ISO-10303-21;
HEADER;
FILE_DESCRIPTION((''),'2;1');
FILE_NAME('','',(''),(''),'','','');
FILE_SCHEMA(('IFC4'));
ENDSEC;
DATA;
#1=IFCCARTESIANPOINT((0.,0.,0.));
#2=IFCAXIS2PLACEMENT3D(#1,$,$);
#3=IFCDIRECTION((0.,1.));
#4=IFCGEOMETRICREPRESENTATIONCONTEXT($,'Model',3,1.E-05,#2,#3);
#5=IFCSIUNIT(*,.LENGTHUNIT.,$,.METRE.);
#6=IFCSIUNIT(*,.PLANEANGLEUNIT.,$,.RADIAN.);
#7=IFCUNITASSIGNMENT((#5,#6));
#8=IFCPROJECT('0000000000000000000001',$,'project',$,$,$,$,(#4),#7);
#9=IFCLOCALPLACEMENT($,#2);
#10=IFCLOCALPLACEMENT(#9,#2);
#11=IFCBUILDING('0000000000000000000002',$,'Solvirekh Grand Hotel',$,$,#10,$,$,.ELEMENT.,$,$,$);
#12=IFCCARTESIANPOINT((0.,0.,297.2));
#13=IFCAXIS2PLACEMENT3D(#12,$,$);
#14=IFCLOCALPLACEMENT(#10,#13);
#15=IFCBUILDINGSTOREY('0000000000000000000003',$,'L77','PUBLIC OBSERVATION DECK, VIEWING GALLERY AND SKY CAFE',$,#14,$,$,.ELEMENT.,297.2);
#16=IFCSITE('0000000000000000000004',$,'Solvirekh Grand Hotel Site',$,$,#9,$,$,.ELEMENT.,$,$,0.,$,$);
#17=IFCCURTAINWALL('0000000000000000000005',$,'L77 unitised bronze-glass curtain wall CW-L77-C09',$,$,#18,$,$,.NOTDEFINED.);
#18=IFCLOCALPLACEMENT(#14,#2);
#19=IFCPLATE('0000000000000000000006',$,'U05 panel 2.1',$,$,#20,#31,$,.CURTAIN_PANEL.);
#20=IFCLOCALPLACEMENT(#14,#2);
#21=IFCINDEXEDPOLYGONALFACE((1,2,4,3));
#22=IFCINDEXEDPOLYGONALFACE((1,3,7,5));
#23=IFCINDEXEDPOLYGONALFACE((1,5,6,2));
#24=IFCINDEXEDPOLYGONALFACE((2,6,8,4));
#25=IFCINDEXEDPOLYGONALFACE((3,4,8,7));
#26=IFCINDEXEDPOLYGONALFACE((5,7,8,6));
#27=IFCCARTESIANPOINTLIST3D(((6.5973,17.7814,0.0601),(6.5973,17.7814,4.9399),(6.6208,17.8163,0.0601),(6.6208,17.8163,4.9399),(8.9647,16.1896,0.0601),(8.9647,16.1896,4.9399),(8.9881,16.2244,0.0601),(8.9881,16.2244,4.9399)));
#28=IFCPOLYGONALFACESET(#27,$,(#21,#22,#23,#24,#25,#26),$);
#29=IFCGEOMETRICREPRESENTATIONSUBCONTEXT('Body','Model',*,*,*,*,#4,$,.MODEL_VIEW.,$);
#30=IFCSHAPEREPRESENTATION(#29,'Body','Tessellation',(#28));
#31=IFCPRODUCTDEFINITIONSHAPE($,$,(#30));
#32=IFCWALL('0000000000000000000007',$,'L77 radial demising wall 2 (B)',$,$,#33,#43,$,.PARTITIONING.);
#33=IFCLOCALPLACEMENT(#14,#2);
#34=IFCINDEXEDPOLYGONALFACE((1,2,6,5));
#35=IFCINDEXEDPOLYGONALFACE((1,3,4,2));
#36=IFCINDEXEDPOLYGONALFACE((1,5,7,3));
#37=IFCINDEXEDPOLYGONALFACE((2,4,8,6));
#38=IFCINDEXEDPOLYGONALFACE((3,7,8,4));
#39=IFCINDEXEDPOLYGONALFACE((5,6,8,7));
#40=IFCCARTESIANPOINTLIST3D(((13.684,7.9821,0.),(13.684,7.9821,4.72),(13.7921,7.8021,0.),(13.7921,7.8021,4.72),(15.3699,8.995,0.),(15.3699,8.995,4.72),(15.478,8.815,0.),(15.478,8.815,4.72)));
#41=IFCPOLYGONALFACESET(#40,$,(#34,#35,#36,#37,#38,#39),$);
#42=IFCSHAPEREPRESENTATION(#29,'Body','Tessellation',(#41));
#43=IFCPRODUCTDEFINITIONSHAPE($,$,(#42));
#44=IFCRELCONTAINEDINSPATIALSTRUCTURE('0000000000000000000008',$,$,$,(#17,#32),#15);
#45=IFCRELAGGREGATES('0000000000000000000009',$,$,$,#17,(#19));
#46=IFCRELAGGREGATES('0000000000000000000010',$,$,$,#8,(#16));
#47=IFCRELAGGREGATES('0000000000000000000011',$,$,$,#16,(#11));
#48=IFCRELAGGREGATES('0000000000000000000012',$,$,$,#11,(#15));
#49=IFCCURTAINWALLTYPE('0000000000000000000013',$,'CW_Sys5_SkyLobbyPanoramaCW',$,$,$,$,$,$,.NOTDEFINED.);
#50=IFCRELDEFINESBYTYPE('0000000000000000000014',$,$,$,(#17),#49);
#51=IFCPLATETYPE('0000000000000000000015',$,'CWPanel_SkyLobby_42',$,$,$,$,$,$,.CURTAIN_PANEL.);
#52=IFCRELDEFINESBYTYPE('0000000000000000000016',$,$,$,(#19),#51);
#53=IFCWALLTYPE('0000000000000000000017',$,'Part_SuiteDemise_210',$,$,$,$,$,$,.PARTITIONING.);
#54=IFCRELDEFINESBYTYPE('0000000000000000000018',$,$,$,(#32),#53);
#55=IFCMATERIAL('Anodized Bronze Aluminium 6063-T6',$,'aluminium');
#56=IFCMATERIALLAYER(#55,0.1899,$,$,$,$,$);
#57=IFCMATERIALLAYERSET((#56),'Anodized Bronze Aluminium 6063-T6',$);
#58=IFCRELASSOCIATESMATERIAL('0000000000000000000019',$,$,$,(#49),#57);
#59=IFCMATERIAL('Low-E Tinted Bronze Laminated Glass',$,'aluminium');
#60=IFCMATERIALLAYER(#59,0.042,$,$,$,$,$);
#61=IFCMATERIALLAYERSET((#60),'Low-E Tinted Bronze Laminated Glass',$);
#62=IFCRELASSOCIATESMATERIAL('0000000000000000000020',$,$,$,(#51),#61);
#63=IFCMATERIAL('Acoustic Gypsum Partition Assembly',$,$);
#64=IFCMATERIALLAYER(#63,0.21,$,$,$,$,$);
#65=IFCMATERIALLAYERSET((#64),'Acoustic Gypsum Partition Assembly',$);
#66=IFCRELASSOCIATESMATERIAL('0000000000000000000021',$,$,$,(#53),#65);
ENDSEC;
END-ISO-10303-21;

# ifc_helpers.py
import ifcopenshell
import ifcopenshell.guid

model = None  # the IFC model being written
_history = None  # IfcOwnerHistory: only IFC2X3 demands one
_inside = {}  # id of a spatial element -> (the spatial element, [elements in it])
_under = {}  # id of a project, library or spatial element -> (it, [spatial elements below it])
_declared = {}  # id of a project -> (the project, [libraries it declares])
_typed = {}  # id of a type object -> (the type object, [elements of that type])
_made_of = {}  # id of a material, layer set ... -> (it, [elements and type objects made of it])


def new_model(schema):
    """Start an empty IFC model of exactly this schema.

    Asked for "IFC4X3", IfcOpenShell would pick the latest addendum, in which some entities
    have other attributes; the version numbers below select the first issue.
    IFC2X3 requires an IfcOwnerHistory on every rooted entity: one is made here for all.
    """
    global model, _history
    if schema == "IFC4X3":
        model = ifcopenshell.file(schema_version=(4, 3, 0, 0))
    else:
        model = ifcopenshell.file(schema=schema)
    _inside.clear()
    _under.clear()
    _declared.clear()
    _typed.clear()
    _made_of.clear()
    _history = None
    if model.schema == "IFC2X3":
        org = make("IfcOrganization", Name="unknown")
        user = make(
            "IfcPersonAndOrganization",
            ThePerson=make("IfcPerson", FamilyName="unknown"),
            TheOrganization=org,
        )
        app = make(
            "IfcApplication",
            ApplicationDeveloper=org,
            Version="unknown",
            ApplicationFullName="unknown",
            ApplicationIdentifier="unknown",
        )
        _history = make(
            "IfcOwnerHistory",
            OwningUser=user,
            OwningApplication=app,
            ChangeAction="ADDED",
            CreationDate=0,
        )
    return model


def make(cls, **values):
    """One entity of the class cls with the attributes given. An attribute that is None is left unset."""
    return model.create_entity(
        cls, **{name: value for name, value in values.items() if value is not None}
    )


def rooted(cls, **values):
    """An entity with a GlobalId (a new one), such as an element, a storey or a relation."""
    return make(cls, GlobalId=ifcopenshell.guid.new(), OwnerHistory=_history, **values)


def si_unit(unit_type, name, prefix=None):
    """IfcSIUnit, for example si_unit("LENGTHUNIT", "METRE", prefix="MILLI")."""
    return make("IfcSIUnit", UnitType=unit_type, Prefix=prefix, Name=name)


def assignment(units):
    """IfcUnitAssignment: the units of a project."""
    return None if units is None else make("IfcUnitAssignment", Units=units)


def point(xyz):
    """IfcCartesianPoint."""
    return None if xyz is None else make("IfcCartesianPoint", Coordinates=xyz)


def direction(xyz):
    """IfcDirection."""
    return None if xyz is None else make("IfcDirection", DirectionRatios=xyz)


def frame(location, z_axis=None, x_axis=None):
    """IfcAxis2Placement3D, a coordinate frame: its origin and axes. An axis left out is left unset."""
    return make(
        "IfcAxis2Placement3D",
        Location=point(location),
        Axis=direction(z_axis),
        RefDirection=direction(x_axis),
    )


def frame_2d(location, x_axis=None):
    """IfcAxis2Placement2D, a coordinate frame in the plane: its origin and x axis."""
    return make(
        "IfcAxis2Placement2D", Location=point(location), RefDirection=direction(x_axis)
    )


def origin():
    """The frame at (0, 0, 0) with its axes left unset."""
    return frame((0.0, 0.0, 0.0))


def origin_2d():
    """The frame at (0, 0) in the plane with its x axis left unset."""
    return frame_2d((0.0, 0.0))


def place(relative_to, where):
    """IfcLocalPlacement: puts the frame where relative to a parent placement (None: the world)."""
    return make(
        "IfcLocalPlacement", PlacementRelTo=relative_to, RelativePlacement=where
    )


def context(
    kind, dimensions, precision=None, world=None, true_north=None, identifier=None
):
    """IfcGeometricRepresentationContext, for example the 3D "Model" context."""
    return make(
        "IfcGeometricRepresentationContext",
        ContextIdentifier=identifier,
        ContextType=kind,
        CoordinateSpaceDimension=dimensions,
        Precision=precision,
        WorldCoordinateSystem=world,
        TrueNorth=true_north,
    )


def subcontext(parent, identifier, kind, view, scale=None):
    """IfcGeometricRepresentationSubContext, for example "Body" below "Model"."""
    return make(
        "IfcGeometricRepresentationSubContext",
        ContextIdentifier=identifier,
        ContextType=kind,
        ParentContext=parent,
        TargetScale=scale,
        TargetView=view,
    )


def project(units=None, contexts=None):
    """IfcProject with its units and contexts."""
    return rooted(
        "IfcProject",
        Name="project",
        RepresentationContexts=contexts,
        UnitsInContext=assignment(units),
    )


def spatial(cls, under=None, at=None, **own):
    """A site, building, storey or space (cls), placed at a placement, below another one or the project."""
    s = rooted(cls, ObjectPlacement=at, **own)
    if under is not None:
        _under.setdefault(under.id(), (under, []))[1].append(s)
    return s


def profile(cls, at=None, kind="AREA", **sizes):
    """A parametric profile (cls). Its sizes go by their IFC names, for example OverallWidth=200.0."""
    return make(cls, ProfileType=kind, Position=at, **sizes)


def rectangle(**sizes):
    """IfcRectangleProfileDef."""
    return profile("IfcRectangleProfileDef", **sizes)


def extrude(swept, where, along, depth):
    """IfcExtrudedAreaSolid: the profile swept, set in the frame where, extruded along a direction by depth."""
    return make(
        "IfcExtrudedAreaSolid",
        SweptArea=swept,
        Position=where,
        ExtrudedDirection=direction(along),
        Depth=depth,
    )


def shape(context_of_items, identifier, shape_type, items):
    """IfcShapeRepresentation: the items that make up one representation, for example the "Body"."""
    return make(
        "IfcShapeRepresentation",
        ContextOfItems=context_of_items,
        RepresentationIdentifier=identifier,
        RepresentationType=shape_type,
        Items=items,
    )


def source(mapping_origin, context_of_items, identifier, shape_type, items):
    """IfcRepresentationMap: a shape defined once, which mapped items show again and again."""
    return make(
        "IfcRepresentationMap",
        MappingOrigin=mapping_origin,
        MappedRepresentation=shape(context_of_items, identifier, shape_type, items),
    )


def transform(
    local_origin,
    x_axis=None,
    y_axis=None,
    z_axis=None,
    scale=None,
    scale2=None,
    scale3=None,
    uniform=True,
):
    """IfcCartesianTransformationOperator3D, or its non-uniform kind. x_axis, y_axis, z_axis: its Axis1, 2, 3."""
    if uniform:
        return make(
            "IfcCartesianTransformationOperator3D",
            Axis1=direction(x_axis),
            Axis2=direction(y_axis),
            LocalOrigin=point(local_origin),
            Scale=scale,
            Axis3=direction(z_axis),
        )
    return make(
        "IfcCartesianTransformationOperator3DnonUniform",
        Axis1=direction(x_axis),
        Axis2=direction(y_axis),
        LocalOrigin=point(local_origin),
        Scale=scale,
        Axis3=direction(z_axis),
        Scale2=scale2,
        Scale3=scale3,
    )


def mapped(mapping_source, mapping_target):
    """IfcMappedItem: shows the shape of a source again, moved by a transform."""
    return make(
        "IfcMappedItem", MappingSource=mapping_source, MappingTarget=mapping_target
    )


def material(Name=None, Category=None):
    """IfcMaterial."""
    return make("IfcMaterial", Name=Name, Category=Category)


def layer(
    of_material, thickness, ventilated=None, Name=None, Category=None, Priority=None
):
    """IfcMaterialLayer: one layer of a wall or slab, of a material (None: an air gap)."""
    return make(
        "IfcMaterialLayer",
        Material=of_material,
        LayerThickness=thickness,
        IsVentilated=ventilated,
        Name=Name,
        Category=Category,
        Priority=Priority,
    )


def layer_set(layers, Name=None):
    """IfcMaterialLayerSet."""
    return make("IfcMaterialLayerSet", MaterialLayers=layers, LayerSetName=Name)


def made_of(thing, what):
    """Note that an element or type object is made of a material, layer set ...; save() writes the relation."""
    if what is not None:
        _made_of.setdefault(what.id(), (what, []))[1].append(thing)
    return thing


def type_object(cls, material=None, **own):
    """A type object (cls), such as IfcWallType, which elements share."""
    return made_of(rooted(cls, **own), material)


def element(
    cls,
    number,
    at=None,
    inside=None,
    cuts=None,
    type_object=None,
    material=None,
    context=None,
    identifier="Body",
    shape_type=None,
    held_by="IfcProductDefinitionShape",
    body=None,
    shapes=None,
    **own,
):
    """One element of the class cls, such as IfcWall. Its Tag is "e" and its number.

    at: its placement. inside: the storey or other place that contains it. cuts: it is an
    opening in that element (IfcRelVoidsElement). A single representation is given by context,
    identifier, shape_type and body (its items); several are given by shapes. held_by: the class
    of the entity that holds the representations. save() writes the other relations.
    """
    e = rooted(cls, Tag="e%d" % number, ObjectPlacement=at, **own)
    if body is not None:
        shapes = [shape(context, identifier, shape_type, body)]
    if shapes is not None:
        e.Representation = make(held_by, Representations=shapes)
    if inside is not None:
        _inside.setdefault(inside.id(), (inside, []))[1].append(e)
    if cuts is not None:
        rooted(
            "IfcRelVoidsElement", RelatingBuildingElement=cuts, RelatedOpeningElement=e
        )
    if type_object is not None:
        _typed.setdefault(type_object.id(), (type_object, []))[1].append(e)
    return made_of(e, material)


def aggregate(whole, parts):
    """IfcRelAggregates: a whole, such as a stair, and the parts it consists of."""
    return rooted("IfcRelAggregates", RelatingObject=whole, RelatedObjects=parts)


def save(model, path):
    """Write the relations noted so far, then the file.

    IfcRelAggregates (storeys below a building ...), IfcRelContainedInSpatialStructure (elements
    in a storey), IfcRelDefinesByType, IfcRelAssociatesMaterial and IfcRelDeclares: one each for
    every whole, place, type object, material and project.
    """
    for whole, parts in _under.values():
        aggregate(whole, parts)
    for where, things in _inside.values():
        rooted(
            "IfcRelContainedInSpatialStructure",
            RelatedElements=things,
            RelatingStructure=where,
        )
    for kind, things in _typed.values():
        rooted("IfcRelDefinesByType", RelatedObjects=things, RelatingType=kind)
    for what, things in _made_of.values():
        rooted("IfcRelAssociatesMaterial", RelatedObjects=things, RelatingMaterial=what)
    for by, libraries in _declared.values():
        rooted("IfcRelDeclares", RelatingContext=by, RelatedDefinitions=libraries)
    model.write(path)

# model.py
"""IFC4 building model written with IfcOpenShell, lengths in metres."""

from ifc_helpers import new_model, si_unit, direction, frame, frame_2d, origin, origin_2d, place, context, subcontext, project, spatial, rectangle, extrude, source, transform, mapped, material, layer, layer_set, type_object, element, aggregate, save


model = new_model("IFC4")

# Units and contexts
model_context = context("Model", 3, precision=1e-05, world=origin(), true_north=direction((0.0, 1.0)))
body_context = subcontext(model_context, "Body", "Model", "MODEL_VIEW")
ifc_project = project(units=[si_unit("LENGTHUNIT", "METRE"), si_unit("PLANEANGLEUNIT", "RADIAN")], contexts=[model_context])

# Site, building, storey
site_placement = place(None, origin())
site = spatial("IfcSite", under=ifc_project, at=site_placement, Name="Solvirekh Grand Hotel Site", CompositionType="ELEMENT", RefElevation=0.0)
building_placement = place(site_placement, origin())
building = spatial("IfcBuilding", under=site, at=building_placement, Name="Solvirekh Grand Hotel", CompositionType="ELEMENT")
storey_placement = place(building_placement, frame((0.0, 0.0, 297.2)))
storey = spatial("IfcBuildingStorey", under=building, at=storey_placement, Name="L77", Description="PUBLIC OBSERVATION DECK, VIEWING GALLERY AND SKY CAFE", CompositionType="ELEMENT", Elevation=297.2)

# Shared definitions
ifc_material_1 = material(Name="Anodized Bronze Aluminium 6063-T6", Category="aluminium")
ifc_layer_1 = layer(ifc_material_1, 0.1899)
ifc_layer_set_1 = layer_set([ifc_layer_1], Name="Anodized Bronze Aluminium 6063-T6")
curtain_wall_type = type_object("IfcCurtainWallType", Name="CW_Sys5_SkyLobbyPanoramaCW", PredefinedType="NOTDEFINED", material=ifc_layer_set_1)

# Curtain wall
curtain_wall_1_placement = place(storey_placement, origin())
curtain_wall_1 = element("IfcCurtainWall", 1, at=curtain_wall_1_placement, inside=storey, type_object=curtain_wall_type, Name="L77 unitised bronze-glass curtain wall CW-L77-C09", PredefinedType="NOTDEFINED")

# Plate
ifc_material_2 = material(Name="Low-E Tinted Bronze Laminated Glass", Category="aluminium")
ifc_layer_2 = layer(ifc_material_2, 0.042)
ifc_layer_set_2 = layer_set([ifc_layer_2], Name="Low-E Tinted Bronze Laminated Glass")
plate_type = type_object("IfcPlateType", Name="CWPanel_SkyLobby_42", PredefinedType="CURTAIN_PANEL", material=ifc_layer_set_2)
shared_shape_1 = source(origin(), body_context, "Body", "SweptSolid", [
    extrude(rectangle(XDim=2.8528, YDim=0.042, at=origin_2d()), origin(), (0.0, 0.0, 1.0), 4.8799),
])
plate_1_placement = place(storey_placement, frame((7.7927, 17.0029, 0.0601), z_axis=(0.0, 0.0, 1.0), x_axis=(-0.829833, 0.558012, 0.0)))
plate_1 = element("IfcPlate", 2, at=plate_1_placement, type_object=plate_type, Name="U05 panel 2.1", PredefinedType="CURTAIN_PANEL", context=body_context, shape_type="MappedRepresentation", body=[
    mapped(shared_shape_1, transform((0.0, 0.0, 0.0), x_axis=(1.0, 0.0, 0.0), y_axis=(0.0, 1.0, 0.0), z_axis=(0.0, 0.0, 1.0), scale=1.0)),
])
aggregate(curtain_wall_1, [plate_1])

# Wall
ifc_material_3 = material(Name="Acoustic Gypsum Partition Assembly")
ifc_layer_3 = layer(ifc_material_3, 0.21)
ifc_layer_set_3 = layer_set([ifc_layer_3], Name="Acoustic Gypsum Partition Assembly")
wall_type = type_object("IfcWallType", Name="Part_SuiteDemise_210", PredefinedType="PARTITIONING", material=ifc_layer_set_3)
wall_placement = place(storey_placement, frame((13.738, 7.8921, 0.0), z_axis=(0.0, 0.0, 1.0), x_axis=(0.857197, 0.514989, 0.0)))
element("IfcWall", 3, at=wall_placement, inside=storey, type_object=wall_type, Name="L77 radial demising wall 2 (B)", PredefinedType="PARTITIONING", context=body_context, shape_type="SweptSolid", body=[
    extrude(rectangle(XDim=1.9668, YDim=0.21, at=frame_2d((0.9834, 0.0))), origin(), (0.0, 0.0, 1.0), 4.72),
])

save(model, "model.ifc")
